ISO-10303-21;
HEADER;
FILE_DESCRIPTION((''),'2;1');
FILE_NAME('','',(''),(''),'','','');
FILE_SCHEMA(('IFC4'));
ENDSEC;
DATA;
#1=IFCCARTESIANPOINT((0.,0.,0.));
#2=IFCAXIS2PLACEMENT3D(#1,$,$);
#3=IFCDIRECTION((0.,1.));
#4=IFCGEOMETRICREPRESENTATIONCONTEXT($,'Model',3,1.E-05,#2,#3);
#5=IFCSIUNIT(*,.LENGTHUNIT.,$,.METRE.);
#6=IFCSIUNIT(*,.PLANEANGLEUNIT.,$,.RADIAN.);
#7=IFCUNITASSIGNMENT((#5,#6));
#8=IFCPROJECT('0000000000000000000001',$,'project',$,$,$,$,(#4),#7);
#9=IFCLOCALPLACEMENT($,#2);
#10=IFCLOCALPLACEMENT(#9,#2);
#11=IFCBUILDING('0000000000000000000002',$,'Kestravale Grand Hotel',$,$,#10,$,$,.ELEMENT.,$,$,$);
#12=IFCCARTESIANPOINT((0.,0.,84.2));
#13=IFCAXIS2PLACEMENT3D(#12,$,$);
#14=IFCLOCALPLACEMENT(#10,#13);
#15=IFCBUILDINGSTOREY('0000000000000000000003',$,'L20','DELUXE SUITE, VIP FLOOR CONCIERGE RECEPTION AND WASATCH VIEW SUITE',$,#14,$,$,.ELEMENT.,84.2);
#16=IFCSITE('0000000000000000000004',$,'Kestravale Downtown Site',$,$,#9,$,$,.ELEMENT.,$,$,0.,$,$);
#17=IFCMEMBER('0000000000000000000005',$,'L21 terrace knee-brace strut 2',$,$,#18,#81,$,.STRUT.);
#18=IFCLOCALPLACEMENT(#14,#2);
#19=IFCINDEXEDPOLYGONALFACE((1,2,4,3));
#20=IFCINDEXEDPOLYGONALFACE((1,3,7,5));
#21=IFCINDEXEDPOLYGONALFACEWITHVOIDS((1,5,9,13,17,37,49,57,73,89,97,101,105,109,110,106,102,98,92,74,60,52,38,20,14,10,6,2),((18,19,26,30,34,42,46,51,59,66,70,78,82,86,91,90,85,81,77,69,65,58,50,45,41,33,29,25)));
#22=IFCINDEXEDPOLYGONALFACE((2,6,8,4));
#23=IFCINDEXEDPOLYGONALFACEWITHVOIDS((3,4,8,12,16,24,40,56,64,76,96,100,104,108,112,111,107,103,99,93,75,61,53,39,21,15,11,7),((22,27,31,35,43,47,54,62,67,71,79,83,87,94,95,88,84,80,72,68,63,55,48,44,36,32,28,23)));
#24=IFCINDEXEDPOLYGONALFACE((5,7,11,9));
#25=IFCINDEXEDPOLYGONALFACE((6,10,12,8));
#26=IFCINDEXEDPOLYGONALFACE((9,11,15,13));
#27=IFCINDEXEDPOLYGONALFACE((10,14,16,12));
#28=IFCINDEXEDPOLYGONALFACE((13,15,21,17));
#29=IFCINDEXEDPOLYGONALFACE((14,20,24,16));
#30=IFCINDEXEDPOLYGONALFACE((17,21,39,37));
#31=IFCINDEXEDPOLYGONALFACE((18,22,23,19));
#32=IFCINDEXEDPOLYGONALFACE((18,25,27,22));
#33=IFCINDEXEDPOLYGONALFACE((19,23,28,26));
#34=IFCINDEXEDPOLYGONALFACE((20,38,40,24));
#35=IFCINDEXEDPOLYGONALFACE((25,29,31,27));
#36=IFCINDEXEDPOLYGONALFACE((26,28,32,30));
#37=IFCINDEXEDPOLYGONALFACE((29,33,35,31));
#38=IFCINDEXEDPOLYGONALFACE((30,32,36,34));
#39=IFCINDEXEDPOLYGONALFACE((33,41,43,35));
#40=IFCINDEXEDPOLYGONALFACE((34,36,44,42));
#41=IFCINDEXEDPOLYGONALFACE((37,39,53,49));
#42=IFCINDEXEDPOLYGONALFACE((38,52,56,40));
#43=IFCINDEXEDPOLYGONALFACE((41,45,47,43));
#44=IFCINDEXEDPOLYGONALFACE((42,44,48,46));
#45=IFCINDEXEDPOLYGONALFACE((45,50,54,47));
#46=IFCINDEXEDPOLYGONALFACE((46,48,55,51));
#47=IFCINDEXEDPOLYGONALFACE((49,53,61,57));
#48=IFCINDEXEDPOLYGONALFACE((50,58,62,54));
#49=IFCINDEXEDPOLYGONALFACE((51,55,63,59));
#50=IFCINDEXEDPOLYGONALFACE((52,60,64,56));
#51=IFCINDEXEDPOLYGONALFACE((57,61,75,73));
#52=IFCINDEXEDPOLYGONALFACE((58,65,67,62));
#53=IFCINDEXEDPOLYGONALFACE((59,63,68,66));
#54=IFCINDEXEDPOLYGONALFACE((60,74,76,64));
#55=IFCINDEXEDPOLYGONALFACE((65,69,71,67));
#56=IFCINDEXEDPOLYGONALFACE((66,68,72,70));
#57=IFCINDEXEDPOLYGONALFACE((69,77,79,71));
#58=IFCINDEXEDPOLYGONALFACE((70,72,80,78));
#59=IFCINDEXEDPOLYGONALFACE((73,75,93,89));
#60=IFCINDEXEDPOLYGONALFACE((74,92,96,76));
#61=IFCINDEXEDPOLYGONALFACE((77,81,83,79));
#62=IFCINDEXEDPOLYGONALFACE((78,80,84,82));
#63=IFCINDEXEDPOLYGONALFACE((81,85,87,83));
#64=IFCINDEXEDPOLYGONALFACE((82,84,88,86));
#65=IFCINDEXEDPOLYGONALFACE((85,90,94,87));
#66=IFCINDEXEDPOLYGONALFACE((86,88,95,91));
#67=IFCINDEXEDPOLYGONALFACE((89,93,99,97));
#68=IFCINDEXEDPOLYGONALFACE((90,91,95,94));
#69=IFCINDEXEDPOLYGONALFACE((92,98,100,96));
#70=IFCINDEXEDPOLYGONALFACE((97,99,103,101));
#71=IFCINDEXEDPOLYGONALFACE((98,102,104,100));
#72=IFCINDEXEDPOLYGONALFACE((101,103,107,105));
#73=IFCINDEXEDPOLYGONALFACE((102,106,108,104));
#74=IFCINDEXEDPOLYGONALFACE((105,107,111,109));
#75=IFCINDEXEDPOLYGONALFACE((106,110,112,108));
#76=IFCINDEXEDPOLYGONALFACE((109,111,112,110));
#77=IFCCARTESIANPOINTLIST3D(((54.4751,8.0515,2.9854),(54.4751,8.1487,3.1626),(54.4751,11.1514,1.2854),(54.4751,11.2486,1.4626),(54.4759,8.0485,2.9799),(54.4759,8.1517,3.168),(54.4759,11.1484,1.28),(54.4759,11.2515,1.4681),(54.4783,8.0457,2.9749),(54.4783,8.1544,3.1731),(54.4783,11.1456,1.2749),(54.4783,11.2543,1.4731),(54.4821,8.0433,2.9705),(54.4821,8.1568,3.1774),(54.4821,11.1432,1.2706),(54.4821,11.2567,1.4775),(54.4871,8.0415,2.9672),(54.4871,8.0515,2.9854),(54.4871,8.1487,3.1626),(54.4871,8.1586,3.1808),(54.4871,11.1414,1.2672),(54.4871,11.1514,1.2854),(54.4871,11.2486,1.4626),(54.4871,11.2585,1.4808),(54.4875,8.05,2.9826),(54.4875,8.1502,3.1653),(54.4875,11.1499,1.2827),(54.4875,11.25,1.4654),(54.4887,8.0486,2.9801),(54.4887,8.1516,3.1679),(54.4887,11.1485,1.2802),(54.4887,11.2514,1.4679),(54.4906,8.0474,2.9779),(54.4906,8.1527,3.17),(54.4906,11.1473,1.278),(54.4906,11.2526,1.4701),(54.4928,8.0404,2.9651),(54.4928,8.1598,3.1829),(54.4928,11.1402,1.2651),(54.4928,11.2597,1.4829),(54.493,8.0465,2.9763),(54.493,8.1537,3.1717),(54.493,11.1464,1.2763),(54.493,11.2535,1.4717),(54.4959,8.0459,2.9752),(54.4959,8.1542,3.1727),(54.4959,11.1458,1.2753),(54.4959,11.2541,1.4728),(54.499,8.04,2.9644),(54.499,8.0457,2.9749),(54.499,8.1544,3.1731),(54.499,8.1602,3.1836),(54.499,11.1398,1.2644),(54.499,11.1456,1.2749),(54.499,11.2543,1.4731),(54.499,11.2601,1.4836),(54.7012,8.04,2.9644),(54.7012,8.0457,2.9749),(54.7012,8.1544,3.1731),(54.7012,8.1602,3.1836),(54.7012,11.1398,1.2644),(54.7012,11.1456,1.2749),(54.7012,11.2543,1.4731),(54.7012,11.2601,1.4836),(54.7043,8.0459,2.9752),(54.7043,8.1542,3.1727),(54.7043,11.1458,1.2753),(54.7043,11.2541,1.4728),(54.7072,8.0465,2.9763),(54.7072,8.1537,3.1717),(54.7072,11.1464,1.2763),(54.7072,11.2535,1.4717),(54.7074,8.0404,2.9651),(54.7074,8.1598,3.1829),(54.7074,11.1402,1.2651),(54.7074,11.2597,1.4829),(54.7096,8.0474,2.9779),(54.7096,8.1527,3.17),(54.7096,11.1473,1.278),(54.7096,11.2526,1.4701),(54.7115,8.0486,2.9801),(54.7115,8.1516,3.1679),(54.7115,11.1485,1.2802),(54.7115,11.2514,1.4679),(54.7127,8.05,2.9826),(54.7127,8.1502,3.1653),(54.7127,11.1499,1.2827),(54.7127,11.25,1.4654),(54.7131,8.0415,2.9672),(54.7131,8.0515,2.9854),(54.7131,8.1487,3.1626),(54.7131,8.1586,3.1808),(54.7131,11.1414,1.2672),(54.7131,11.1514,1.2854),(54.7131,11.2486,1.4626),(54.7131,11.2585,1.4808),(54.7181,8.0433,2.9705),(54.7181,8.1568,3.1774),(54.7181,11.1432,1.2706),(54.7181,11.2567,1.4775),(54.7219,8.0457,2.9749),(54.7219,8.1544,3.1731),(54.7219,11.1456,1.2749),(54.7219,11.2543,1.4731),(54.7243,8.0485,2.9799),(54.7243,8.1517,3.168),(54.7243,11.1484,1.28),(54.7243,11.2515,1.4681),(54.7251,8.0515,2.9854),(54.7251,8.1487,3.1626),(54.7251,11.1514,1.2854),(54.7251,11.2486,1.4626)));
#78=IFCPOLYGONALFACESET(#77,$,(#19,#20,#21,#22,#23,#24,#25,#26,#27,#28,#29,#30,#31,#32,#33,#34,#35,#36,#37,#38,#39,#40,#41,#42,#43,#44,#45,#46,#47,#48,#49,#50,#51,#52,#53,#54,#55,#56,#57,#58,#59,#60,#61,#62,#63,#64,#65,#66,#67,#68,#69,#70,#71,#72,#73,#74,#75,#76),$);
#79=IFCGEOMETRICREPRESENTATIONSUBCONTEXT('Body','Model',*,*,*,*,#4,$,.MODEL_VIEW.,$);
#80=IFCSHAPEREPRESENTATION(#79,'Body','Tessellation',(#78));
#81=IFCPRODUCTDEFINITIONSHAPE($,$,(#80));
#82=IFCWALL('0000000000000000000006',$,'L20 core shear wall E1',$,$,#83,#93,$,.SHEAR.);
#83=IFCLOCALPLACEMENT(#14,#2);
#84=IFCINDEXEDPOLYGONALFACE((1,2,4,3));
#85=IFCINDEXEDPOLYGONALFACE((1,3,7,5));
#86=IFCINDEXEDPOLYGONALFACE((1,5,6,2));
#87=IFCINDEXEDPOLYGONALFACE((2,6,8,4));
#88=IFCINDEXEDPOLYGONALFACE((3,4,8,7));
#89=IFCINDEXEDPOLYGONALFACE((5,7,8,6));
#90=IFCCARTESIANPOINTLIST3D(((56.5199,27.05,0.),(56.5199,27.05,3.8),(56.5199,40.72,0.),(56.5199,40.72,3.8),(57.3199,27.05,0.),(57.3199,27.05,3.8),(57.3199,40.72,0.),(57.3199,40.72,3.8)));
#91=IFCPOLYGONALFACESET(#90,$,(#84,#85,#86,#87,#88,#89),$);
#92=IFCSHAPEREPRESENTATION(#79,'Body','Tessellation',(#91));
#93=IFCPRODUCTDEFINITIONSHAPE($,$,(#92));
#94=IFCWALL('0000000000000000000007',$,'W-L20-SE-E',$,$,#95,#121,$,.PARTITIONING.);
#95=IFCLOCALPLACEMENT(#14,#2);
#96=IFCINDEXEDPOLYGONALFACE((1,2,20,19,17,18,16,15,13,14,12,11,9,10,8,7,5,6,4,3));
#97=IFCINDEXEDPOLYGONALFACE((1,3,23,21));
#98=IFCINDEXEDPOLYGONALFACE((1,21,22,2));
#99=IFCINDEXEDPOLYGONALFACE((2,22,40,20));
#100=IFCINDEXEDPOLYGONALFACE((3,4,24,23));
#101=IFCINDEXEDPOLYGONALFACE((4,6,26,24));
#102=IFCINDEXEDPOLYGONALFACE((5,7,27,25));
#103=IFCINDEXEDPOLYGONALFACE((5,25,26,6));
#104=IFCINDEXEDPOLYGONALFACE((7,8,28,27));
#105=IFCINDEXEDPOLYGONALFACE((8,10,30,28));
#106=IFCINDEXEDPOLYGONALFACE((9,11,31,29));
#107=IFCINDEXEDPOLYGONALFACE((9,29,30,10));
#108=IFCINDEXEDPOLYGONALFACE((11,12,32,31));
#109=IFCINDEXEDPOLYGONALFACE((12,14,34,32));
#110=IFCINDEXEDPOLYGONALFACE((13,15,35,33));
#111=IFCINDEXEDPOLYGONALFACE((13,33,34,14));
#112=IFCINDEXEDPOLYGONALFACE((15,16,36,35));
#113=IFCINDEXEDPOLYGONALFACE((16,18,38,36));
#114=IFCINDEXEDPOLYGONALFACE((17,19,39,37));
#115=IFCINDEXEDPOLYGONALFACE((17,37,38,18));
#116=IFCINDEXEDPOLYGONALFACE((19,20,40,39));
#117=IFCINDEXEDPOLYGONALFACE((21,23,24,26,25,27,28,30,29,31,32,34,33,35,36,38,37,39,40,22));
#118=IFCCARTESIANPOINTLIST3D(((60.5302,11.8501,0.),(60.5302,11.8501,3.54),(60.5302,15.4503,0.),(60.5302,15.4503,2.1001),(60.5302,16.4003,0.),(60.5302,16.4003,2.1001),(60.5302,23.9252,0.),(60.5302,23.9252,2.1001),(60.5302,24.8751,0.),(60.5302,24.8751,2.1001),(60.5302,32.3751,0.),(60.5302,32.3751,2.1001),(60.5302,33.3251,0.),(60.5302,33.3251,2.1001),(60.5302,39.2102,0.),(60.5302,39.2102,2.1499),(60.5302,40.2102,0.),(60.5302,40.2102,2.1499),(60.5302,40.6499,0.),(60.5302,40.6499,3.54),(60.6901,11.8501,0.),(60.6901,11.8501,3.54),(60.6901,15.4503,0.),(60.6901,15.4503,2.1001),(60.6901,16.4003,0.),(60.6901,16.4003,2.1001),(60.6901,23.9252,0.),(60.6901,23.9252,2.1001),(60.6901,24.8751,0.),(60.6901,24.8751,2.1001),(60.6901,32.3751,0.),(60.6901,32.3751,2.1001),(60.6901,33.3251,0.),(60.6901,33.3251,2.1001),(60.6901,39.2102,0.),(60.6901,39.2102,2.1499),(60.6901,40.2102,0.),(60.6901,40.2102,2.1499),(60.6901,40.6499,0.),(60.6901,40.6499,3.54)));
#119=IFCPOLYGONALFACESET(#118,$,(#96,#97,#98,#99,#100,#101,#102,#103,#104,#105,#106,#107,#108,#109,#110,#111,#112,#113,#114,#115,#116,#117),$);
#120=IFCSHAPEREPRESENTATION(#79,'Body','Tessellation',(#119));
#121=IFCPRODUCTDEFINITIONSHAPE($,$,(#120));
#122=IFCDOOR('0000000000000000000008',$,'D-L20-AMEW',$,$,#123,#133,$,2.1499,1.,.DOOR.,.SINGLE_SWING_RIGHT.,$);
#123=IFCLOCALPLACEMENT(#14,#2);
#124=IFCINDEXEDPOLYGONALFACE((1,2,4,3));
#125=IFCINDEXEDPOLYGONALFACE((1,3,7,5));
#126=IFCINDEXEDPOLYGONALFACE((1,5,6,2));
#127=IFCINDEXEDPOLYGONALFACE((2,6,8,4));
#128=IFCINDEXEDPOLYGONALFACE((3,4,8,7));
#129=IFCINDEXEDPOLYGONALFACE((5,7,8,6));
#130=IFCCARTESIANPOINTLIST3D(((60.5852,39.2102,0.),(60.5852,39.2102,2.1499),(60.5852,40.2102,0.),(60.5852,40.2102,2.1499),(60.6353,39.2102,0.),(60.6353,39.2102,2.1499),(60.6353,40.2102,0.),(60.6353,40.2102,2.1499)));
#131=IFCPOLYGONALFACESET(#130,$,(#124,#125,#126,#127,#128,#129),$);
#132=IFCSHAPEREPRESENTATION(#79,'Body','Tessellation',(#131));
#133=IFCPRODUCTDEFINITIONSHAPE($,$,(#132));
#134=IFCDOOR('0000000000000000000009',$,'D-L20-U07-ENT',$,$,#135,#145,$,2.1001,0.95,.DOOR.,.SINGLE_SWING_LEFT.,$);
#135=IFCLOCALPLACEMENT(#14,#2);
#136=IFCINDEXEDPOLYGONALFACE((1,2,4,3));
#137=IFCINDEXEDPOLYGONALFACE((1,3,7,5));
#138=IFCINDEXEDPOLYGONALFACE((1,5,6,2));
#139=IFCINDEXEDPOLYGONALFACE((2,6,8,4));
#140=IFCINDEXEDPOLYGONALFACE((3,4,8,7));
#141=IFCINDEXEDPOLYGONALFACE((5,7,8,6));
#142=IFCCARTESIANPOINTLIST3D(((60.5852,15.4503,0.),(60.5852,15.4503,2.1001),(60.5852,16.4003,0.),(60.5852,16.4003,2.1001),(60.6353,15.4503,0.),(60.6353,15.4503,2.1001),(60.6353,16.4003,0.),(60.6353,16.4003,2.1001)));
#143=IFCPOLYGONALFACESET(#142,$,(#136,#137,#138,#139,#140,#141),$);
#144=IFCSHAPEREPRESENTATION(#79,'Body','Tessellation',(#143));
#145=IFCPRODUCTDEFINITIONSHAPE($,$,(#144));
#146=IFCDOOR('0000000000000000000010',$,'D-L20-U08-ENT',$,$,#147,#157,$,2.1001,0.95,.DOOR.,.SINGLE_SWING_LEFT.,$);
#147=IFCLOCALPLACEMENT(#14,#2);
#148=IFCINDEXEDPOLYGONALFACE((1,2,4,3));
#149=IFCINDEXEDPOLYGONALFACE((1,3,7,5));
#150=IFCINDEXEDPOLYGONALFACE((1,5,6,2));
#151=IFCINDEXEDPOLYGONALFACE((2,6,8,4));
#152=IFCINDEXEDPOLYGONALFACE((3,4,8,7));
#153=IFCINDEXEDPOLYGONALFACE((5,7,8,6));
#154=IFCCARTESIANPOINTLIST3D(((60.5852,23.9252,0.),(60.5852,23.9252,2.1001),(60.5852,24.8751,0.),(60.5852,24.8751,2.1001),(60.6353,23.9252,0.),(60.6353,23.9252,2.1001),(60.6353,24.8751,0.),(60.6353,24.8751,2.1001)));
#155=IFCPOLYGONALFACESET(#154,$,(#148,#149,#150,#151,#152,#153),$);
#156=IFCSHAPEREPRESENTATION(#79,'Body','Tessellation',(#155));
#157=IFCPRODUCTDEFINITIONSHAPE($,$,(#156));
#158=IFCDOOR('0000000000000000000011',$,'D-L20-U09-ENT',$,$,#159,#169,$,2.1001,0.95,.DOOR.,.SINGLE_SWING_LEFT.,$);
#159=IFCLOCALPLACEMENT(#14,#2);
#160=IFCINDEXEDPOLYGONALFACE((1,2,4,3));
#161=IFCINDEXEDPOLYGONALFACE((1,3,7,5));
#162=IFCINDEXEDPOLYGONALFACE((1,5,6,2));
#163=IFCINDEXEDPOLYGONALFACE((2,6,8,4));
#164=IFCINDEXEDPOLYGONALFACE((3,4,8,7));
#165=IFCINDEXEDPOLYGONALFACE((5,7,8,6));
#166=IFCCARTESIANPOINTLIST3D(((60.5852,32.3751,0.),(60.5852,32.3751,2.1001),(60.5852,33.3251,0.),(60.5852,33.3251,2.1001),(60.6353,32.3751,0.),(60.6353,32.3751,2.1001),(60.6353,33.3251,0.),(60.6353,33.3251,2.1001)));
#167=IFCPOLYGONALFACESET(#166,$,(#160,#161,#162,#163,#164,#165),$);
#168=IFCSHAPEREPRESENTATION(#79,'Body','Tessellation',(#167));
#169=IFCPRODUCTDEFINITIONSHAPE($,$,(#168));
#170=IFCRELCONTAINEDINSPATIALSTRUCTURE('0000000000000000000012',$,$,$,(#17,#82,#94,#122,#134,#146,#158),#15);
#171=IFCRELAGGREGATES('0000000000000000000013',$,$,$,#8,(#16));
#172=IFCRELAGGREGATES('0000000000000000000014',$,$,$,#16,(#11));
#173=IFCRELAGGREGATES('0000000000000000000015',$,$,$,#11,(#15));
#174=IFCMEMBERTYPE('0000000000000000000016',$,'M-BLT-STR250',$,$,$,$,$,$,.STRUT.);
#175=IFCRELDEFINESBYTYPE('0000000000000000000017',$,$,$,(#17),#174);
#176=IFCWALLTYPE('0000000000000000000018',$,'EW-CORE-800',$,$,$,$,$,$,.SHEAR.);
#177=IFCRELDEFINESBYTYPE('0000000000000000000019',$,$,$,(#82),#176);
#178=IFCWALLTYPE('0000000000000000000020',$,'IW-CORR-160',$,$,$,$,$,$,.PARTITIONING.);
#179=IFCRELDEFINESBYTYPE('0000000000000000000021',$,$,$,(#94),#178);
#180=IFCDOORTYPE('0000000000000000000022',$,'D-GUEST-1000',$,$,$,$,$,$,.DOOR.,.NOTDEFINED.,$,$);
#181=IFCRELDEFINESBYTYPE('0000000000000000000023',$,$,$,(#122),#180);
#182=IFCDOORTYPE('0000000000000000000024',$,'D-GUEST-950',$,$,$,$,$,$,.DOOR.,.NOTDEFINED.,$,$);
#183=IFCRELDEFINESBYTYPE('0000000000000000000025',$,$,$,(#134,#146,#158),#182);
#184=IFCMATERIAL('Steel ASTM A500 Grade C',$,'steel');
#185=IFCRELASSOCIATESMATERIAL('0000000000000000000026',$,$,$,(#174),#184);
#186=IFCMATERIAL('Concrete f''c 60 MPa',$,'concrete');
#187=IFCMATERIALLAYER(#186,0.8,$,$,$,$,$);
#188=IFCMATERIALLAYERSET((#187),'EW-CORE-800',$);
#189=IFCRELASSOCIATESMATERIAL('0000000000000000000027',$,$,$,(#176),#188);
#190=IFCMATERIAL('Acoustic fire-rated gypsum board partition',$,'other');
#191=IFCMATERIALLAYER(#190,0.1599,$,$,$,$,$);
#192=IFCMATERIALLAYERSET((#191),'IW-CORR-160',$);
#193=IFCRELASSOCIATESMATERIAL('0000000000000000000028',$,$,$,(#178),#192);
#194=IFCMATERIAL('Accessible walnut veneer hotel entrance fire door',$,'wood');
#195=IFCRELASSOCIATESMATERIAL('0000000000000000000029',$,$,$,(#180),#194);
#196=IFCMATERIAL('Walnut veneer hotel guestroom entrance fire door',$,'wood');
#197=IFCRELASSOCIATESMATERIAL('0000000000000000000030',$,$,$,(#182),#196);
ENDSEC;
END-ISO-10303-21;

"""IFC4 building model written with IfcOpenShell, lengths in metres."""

from ifc_helpers import new_model, si_unit, direction, frame, frame_2d, origin, origin_2d, place, context, subcontext, project, spatial, rectangle, hollow_rectangle, extrude, material, layer, layer_set, material_profile, profile_set, type_object, element, fill, save


model = new_model("IFC4")

# Units and contexts
model_context = context("Model", 3, precision=1e-05, world=origin(), true_north=direction((0.0, 1.0)))
body_context = subcontext(model_context, "Body", "Model", "MODEL_VIEW")
ifc_project = project(units=[si_unit("LENGTHUNIT", "METRE"), si_unit("PLANEANGLEUNIT", "RADIAN")], contexts=[model_context])

# Site, building, storey
site_placement = place(None, origin())
site = spatial("IfcSite", under=ifc_project, at=site_placement, Name="Kestravale Downtown Site", CompositionType="ELEMENT", RefElevation=0.0)
building_placement = place(site_placement, origin())
building = spatial("IfcBuilding", under=site, at=building_placement, Name="Kestravale Grand Hotel", CompositionType="ELEMENT")
storey_placement = place(building_placement, frame((0.0, 0.0, 84.2)))
storey = spatial("IfcBuildingStorey", under=building, at=storey_placement, Name="L20", Description="DELUXE SUITE, VIP FLOOR CONCIERGE RECEPTION AND WASATCH VIEW SUITE", CompositionType="ELEMENT", Elevation=84.2)

# Member
ifc_material_1 = material(Name="Steel ASTM A500 Grade C", Category="steel")
ifc_material_profile_1 = material_profile(ifc_material_1, hollow_rectangle(XDim=0.25, YDim=0.25, WallThickness=0.012, InnerFilletRadius=0.012, OuterFilletRadius=0.0239, at=origin_2d()))
ifc_profile_set_1 = profile_set([ifc_material_profile_1], Name="Steel ASTM A500 Grade C")
member_type = type_object("IfcMemberType", Name="M-BLT-STR250", PredefinedType="STRUT", material=ifc_profile_set_1)
member_placement = place(storey_placement, frame((54.6001, 11.2, 1.374), z_axis=(0.0, -0.876809, 0.480839), x_axis=(1.0, 0.0, 0.0)))
element("IfcMember", 1, at=member_placement, inside=storey, type_object=member_type, Name="L21 terrace knee-brace strut 2", PredefinedType="STRUT", context=body_context, shape_type="SweptSolid", body=[
    extrude(hollow_rectangle(XDim=0.25, YDim=0.25, WallThickness=0.012, InnerFilletRadius=0.012, OuterFilletRadius=0.0239, at=origin_2d()), origin(), (0.0, 0.0, 1.0), 3.5354),
])

# Wall
ifc_material_2 = material(Name="Concrete f'c 60 MPa", Category="concrete")
ifc_layer_1 = layer(ifc_material_2, 0.8)
ifc_layer_set_1 = layer_set([ifc_layer_1], Name="EW-CORE-800")
wall_type_1 = type_object("IfcWallType", Name="EW-CORE-800", PredefinedType="SHEAR", material=ifc_layer_set_1)
wall_1_placement = place(storey_placement, frame((56.9199, 27.05, 0.0), z_axis=(0.0, 0.0, 1.0), x_axis=(0.0, 1.0, 0.0)))
element("IfcWall", 2, at=wall_1_placement, inside=storey, type_object=wall_type_1, Name="L20 core shear wall E1", PredefinedType="SHEAR", context=body_context, shape_type="SweptSolid", body=[
    extrude(rectangle(XDim=13.6699, YDim=0.8, at=frame_2d((6.835, 0.0))), origin(), (0.0, 0.0, 1.0), 3.8),
])

# Wall, openings, doors
ifc_material_3 = material(Name="Acoustic fire-rated gypsum board partition", Category="other")
ifc_layer_2 = layer(ifc_material_3, 0.1599)
ifc_layer_set_2 = layer_set([ifc_layer_2], Name="IW-CORR-160")
wall_type_2 = type_object("IfcWallType", Name="IW-CORR-160", PredefinedType="PARTITIONING", material=ifc_layer_set_2)
wall_2_placement = place(storey_placement, frame((60.6101, 11.8501, 0.0), z_axis=(0.0, 0.0, 1.0), x_axis=(0.0, 1.0, 0.0)))
wall_2 = element("IfcWall", 3, at=wall_2_placement, inside=storey, type_object=wall_type_2, Name="W-L20-SE-E", PredefinedType="PARTITIONING", context=body_context, shape_type="SweptSolid", body=[
    extrude(rectangle(XDim=28.7998, YDim=0.1599, at=frame_2d((14.3999, 0.0))), origin(), (0.0, 0.0, 1.0), 3.54),
])
opening_1_placement = place(wall_2_placement, frame((3.6001, 0.0, 0.0)))
opening_1 = element("IfcOpeningElement", 4, at=opening_1_placement, cuts=wall_2, PredefinedType="OPENING", context=body_context, shape_type="SweptSolid", body=[
    extrude(rectangle(XDim=0.95, YDim=2.1001, at=frame_2d((0.4751, 1.05))), frame((0.0, 0.0898, 0.0), z_axis=(0.0, -1.0, 0.0), x_axis=(1.0, 0.0, 0.0)), (0.0, 0.0, 1.0), 0.1799),
])
opening_2_placement = place(wall_2_placement, frame((12.075, 0.0, 0.0)))
opening_2 = element("IfcOpeningElement", 5, at=opening_2_placement, cuts=wall_2, PredefinedType="OPENING", context=body_context, shape_type="SweptSolid", body=[
    extrude(rectangle(XDim=0.95, YDim=2.1001, at=frame_2d((0.4751, 1.05))), frame((0.0, 0.0898, 0.0), z_axis=(0.0, -1.0, 0.0), x_axis=(1.0, 0.0, 0.0)), (0.0, 0.0, 1.0), 0.1799),
])
opening_3_placement = place(wall_2_placement, frame((20.5249, 0.0, 0.0)))
opening_3 = element("IfcOpeningElement", 6, at=opening_3_placement, cuts=wall_2, PredefinedType="OPENING", context=body_context, shape_type="SweptSolid", body=[
    extrude(rectangle(XDim=0.95, YDim=2.1001, at=frame_2d((0.4751, 1.05))), frame((0.0, 0.0898, 0.0), z_axis=(0.0, -1.0, 0.0), x_axis=(1.0, 0.0, 0.0)), (0.0, 0.0, 1.0), 0.1799),
])
opening_4_placement = place(wall_2_placement, frame((27.3601, 0.0, 0.0)))
opening_4 = element("IfcOpeningElement", 7, at=opening_4_placement, cuts=wall_2, PredefinedType="OPENING", context=body_context, shape_type="SweptSolid", body=[
    extrude(rectangle(XDim=1.0, YDim=2.1499, at=frame_2d((0.5, 1.075))), frame((0.0, 0.0898, 0.0), z_axis=(0.0, -1.0, 0.0), x_axis=(1.0, 0.0, 0.0)), (0.0, 0.0, 1.0), 0.1799),
])
ifc_material_4 = material(Name="Accessible walnut veneer hotel entrance fire door", Category="wood")
door_type_1 = type_object("IfcDoorType", Name="D-GUEST-1000", OperationType="NOTDEFINED", PredefinedType="DOOR", material=ifc_material_4)
door_1_placement = place(opening_4_placement, origin())
door_1 = element("IfcDoor", 8, at=door_1_placement, inside=storey, type_object=door_type_1, Name="D-L20-AMEW", OperationType="SINGLE_SWING_RIGHT", OverallHeight=2.1499, OverallWidth=1.0, PredefinedType="DOOR", context=body_context, shape_type="SweptSolid", body=[
    extrude(rectangle(XDim=1.0, YDim=2.1499, at=frame_2d((0.5, 1.075))), frame((0.0, 0.0249, 0.0), z_axis=(0.0, -1.0, 0.0), x_axis=(1.0, 0.0, 0.0)), (0.0, 0.0, 1.0), 0.05),
])
fill(opening_4, door_1)
ifc_material_5 = material(Name="Walnut veneer hotel guestroom entrance fire door", Category="wood")
door_type_2 = type_object("IfcDoorType", Name="D-GUEST-950", OperationType="NOTDEFINED", PredefinedType="DOOR", material=ifc_material_5)
door_2_placement = place(opening_1_placement, origin())
door_2 = element("IfcDoor", 9, at=door_2_placement, inside=storey, type_object=door_type_2, Name="D-L20-U07-ENT", OperationType="SINGLE_SWING_LEFT", OverallHeight=2.1001, OverallWidth=0.95, PredefinedType="DOOR", context=body_context, shape_type="SweptSolid", body=[
    extrude(rectangle(XDim=0.95, YDim=2.1001, at=frame_2d((0.4751, 1.05))), frame((0.0, 0.0249, 0.0), z_axis=(0.0, -1.0, 0.0), x_axis=(1.0, 0.0, 0.0)), (0.0, 0.0, 1.0), 0.05),
])
fill(opening_1, door_2)
door_3_placement = place(opening_2_placement, origin())
door_3 = element("IfcDoor", 10, at=door_3_placement, inside=storey, type_object=door_type_2, Name="D-L20-U08-ENT", OperationType="SINGLE_SWING_LEFT", OverallHeight=2.1001, OverallWidth=0.95, PredefinedType="DOOR", context=body_context, shape_type="SweptSolid", body=[
    extrude(rectangle(XDim=0.95, YDim=2.1001, at=frame_2d((0.4751, 1.05))), frame((0.0, 0.0249, 0.0), z_axis=(0.0, -1.0, 0.0), x_axis=(1.0, 0.0, 0.0)), (0.0, 0.0, 1.0), 0.05),
])
fill(opening_2, door_3)
door_4_placement = place(opening_3_placement, origin())
door_4 = element("IfcDoor", 11, at=door_4_placement, inside=storey, type_object=door_type_2, Name="D-L20-U09-ENT", OperationType="SINGLE_SWING_LEFT", OverallHeight=2.1001, OverallWidth=0.95, PredefinedType="DOOR", context=body_context, shape_type="SweptSolid", body=[
    extrude(rectangle(XDim=0.95, YDim=2.1001, at=frame_2d((0.4751, 1.05))), frame((0.0, 0.0249, 0.0), z_axis=(0.0, -1.0, 0.0), x_axis=(1.0, 0.0, 0.0)), (0.0, 0.0, 1.0), 0.05),
])
fill(opening_3, door_4)

save(model, "model.ifc")
